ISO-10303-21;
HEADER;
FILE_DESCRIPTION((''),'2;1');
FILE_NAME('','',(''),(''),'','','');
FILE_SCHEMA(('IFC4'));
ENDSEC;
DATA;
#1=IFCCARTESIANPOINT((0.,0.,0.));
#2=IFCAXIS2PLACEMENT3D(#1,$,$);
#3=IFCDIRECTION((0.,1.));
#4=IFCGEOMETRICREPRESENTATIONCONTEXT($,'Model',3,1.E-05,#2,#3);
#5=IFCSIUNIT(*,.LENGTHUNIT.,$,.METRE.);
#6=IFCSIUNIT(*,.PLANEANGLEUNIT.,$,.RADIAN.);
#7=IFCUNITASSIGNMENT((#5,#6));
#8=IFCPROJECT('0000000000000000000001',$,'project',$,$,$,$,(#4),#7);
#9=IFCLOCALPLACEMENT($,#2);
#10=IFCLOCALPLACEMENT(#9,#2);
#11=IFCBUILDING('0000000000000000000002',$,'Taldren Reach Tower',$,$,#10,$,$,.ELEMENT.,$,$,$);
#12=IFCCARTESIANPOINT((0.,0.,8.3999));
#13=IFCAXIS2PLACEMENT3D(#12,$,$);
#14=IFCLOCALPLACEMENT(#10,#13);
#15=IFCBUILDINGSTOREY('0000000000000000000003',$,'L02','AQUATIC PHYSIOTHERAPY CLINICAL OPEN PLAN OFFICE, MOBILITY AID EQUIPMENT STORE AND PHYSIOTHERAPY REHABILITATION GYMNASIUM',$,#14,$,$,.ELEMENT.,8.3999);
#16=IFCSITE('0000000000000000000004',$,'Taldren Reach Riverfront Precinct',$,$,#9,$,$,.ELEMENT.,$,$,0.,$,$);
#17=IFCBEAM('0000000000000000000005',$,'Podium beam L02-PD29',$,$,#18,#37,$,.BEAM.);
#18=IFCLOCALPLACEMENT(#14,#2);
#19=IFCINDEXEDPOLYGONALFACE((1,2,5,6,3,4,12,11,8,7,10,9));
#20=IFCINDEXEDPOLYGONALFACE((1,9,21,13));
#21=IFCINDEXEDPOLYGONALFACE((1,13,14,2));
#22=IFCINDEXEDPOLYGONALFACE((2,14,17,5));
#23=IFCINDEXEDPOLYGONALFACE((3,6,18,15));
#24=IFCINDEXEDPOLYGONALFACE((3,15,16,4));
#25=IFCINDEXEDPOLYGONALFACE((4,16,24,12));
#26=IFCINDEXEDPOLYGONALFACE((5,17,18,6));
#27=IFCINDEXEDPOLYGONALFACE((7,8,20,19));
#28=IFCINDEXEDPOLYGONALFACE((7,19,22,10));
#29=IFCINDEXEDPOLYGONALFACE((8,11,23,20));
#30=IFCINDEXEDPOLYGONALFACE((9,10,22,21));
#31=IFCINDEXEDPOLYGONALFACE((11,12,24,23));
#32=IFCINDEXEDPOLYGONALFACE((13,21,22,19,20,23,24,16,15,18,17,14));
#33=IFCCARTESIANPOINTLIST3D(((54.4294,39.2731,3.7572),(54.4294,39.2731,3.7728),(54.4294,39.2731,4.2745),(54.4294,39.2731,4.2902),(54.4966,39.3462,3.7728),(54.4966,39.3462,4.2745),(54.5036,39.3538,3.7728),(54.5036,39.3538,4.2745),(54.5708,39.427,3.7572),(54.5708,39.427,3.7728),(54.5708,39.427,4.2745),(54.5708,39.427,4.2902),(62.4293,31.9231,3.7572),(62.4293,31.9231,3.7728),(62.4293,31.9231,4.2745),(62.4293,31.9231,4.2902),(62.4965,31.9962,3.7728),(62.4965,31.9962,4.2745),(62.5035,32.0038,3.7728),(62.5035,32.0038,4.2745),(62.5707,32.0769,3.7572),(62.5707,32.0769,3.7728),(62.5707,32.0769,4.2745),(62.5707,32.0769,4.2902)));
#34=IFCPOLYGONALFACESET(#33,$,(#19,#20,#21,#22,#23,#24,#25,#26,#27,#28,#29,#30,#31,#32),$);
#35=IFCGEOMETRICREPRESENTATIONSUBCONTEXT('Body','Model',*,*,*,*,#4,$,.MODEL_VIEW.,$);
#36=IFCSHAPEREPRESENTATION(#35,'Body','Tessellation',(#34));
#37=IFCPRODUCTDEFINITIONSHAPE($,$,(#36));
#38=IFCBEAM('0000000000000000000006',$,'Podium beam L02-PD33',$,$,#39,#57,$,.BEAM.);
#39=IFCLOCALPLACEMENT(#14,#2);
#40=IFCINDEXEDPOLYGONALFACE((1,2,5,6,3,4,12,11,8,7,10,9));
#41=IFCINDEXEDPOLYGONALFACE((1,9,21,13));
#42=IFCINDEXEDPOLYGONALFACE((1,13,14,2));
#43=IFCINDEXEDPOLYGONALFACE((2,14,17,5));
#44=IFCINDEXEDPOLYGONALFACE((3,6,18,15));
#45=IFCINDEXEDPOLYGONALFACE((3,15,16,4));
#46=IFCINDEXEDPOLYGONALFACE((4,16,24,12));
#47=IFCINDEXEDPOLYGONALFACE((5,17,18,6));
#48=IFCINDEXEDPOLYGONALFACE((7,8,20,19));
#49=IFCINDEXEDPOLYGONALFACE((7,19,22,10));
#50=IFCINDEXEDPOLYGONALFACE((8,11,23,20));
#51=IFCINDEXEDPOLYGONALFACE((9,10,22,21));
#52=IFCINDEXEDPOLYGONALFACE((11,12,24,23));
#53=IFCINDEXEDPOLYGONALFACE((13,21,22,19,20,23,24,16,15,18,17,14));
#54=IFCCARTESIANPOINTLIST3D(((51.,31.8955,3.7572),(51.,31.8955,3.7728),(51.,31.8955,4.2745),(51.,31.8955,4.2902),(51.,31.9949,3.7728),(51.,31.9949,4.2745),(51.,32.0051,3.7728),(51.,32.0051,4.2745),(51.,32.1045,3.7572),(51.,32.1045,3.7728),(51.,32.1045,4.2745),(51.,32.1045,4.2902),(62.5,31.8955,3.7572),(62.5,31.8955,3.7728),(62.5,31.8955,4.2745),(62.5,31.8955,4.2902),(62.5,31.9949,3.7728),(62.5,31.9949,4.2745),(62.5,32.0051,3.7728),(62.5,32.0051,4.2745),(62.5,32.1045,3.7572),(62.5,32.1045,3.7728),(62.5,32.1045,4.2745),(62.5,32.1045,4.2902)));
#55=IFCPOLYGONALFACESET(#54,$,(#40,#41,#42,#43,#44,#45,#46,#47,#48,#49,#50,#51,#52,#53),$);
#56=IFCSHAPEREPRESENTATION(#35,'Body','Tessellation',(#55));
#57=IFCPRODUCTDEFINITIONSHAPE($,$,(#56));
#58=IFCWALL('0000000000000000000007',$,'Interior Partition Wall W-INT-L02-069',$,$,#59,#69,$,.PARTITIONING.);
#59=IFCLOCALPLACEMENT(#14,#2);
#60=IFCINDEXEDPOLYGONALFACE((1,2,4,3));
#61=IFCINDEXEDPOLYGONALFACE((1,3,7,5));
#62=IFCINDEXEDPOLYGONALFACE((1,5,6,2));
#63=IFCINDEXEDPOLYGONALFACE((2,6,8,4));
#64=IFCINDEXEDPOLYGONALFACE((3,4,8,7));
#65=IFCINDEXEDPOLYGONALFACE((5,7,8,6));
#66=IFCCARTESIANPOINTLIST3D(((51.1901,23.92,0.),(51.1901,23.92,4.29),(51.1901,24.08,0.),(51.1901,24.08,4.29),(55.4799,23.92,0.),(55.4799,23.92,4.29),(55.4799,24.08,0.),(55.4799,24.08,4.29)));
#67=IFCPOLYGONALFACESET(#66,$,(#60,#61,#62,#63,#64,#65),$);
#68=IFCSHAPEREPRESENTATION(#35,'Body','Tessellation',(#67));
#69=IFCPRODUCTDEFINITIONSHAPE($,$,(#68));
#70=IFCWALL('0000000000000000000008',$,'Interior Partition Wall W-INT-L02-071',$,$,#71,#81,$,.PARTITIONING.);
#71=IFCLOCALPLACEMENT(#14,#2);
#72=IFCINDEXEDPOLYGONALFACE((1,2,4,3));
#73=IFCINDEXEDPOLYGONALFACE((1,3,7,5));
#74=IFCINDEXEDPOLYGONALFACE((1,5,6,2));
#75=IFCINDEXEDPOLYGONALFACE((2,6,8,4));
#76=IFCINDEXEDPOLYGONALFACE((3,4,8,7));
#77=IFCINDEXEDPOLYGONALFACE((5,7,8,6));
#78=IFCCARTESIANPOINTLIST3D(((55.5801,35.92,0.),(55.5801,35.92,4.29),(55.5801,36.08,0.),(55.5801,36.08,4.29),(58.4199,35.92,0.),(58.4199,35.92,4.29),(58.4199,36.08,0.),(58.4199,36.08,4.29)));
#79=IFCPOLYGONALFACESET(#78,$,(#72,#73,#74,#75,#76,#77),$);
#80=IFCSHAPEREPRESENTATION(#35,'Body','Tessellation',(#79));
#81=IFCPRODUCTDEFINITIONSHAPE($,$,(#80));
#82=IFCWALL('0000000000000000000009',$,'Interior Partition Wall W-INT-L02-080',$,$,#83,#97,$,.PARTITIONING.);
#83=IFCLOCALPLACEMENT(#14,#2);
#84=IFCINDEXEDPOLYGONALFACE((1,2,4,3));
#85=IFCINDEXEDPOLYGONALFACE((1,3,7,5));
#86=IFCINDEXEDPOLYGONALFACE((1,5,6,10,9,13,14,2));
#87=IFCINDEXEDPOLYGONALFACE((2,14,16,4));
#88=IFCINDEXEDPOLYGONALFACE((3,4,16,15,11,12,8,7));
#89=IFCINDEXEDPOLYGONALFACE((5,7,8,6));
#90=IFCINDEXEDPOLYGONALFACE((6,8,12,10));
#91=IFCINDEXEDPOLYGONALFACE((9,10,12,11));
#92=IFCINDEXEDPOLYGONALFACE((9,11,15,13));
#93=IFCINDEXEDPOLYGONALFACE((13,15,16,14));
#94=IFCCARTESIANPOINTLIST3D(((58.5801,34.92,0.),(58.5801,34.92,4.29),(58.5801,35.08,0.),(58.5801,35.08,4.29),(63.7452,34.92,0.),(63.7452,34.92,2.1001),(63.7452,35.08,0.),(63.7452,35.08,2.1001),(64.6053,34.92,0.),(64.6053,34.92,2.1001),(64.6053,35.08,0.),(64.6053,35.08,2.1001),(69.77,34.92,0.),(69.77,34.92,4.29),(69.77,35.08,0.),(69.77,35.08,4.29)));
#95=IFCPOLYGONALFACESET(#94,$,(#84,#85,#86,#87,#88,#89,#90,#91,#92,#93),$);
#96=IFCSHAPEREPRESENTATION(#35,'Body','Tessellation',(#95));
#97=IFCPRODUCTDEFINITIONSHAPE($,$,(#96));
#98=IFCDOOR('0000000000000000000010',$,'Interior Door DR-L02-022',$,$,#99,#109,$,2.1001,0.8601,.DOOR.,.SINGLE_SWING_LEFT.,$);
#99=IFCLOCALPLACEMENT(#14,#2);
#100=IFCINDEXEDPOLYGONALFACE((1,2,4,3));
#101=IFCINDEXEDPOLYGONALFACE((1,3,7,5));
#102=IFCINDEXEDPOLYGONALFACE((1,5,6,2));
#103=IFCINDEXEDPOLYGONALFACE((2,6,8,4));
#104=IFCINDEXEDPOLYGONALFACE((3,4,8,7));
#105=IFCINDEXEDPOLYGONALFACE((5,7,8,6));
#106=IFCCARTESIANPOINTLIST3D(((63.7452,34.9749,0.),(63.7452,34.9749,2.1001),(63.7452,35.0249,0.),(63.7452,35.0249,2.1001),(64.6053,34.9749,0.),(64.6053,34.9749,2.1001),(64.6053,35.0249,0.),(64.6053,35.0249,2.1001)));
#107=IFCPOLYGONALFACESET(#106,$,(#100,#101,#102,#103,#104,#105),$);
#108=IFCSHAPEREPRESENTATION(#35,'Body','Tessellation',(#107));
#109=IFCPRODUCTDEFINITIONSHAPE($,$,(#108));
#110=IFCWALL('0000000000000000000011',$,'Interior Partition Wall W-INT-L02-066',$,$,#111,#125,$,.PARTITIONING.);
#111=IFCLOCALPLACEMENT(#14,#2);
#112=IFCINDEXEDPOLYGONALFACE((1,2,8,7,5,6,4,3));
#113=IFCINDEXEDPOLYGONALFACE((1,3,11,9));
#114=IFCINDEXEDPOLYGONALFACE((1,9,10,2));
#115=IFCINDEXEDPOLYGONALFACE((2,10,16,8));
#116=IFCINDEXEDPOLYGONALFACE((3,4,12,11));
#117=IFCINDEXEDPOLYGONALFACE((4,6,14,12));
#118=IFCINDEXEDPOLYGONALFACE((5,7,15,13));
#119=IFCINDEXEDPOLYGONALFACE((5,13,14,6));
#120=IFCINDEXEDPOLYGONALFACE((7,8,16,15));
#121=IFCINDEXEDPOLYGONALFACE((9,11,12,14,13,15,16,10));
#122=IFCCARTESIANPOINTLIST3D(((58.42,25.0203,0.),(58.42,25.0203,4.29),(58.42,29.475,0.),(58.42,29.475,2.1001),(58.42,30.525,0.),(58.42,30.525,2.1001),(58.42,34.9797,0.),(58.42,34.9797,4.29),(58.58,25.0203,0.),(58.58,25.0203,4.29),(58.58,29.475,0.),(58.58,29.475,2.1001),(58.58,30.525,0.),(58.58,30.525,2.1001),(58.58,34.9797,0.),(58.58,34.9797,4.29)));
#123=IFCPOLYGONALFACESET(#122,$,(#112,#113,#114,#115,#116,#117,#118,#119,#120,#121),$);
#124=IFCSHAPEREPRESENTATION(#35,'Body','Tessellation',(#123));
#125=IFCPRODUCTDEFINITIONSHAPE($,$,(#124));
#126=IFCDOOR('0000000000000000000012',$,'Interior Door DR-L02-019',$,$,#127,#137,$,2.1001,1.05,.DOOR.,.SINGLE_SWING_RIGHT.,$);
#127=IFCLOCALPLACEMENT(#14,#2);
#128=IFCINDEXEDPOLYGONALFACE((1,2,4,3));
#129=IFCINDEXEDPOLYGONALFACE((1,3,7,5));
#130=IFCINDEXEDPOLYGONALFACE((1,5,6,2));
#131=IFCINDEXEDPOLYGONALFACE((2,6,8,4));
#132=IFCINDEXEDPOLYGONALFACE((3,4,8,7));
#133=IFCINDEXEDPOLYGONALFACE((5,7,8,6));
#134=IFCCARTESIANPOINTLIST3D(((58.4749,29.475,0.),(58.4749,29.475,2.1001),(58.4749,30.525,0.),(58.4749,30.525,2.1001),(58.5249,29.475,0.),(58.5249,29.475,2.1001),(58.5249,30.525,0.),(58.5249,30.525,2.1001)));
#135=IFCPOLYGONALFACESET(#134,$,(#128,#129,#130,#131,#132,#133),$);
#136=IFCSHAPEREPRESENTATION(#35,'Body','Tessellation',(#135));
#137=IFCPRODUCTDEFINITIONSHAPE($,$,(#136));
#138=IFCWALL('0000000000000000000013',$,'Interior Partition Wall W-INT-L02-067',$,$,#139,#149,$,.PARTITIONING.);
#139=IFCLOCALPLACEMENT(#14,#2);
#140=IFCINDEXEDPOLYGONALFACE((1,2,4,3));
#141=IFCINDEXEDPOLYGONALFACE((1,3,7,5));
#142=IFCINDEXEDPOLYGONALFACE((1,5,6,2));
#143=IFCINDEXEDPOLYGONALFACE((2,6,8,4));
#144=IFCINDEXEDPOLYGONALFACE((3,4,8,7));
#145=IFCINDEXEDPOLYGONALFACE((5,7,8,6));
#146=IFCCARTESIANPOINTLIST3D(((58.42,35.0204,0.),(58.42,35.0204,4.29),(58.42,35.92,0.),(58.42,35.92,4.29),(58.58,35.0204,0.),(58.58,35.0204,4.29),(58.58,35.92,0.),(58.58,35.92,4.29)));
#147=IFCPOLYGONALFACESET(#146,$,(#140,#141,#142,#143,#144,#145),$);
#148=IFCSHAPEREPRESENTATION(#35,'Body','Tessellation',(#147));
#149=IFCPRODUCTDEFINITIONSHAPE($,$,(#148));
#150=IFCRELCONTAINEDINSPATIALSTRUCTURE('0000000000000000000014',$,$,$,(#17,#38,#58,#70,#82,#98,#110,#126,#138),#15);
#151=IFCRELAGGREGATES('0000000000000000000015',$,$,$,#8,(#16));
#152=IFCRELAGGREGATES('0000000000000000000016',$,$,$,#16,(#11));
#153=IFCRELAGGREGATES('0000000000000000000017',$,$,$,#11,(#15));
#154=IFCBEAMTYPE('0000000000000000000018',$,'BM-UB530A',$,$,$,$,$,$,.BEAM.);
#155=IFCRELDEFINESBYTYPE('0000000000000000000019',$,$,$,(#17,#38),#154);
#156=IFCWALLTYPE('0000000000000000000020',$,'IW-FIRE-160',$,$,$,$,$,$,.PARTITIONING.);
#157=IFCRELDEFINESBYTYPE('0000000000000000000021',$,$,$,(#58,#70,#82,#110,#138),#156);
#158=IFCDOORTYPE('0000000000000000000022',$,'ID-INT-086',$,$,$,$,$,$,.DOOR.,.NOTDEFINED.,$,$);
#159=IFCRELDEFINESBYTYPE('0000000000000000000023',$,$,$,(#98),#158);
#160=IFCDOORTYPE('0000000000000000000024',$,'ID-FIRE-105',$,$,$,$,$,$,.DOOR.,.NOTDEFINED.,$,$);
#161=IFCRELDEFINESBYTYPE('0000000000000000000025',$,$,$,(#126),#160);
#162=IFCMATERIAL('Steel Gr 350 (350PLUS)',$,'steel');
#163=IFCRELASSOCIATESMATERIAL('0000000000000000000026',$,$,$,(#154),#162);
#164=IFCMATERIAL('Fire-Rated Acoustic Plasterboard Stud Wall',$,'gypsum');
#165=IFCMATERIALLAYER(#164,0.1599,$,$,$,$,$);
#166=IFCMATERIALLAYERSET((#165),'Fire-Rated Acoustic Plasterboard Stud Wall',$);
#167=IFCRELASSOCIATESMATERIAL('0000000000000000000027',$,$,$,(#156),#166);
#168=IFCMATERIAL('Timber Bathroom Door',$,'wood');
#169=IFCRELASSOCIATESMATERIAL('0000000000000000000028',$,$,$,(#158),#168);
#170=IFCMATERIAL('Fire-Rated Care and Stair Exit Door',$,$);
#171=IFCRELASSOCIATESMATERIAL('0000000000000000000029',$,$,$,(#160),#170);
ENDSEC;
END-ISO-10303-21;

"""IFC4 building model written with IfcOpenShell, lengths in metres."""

from ifc_helpers import new_model, si_unit, direction, frame, frame_2d, origin, origin_2d, place, context, subcontext, project, spatial, rectangle, i_section, extrude, source, transform, mapped, material, layer, layer_set, material_profile, profile_set, type_object, element, fill, save


model = new_model("IFC4")

# Units and contexts
model_context = context("Model", 3, precision=1e-05, world=origin(), true_north=direction((0.0, 1.0)))
body_context = subcontext(model_context, "Body", "Model", "MODEL_VIEW")
ifc_project = project(units=[si_unit("LENGTHUNIT", "METRE"), si_unit("PLANEANGLEUNIT", "RADIAN")], contexts=[model_context])

# Site, building, storey
site_placement = place(None, origin())
site = spatial("IfcSite", under=ifc_project, at=site_placement, Name="Taldren Reach Riverfront Precinct", CompositionType="ELEMENT", RefElevation=0.0)
building_placement = place(site_placement, origin())
building = spatial("IfcBuilding", under=site, at=building_placement, Name="Taldren Reach Tower", CompositionType="ELEMENT")
storey_placement = place(building_placement, frame((0.0, 0.0, 8.3999)))
storey = spatial("IfcBuildingStorey", under=building, at=storey_placement, Name="L02", Description="AQUATIC PHYSIOTHERAPY CLINICAL OPEN PLAN OFFICE, MOBILITY AID EQUIPMENT STORE AND PHYSIOTHERAPY REHABILITATION GYMNASIUM", CompositionType="ELEMENT", Elevation=8.3999)

# Shared definitions
ifc_material_1 = material(Name="Steel Gr 350 (350PLUS)", Category="steel")

# Beams
ifc_material_profile_1 = material_profile(ifc_material_1, i_section(OverallWidth=0.209, OverallDepth=0.533, WebThickness=0.0103, FlangeThickness=0.0156, at=origin_2d()), Name="530UB92.4")
ifc_profile_set_1 = profile_set([ifc_material_profile_1], Name="Steel Gr 350 (350PLUS)")
beam_type_1 = type_object("IfcBeamType", Name="BM-UB530A", PredefinedType="BEAM", material=ifc_profile_set_1)
shared_shape_1 = source(origin(), body_context, "Body", "SweptSolid", [
    extrude(i_section(OverallWidth=0.209, OverallDepth=0.533, WebThickness=0.0103, FlangeThickness=0.0156, at=origin_2d()), origin(), (0.0, 0.0, 1.0), 10.8638),
])
beam_1_placement = place(storey_placement, frame((62.5, 32.0, 4.0237), z_axis=(-0.736385, 0.676563, 0.0), x_axis=(-0.676563, -0.736385, 0.0)))
element("IfcBeam", 1, at=beam_1_placement, inside=storey, type_object=beam_type_1, Name="Podium beam L02-PD29", PredefinedType="BEAM", context=body_context, shape_type="MappedRepresentation", body=[
    mapped(shared_shape_1, transform((0.0, 0.0, 0.0), scale=1.0)),
])
shared_shape_2 = source(origin(), body_context, "Body", "SweptSolid", [
    extrude(i_section(OverallWidth=0.209, OverallDepth=0.533, WebThickness=0.0103, FlangeThickness=0.0156, at=origin_2d()), origin(), (0.0, 0.0, 1.0), 11.5),
])
beam_2_placement = place(storey_placement, frame((51.0, 32.0, 4.0237), z_axis=(1.0, 0.0, 0.0), x_axis=(0.0, 1.0, 0.0)))
element("IfcBeam", 2, at=beam_2_placement, inside=storey, type_object=beam_type_1, Name="Podium beam L02-PD33", PredefinedType="BEAM", context=body_context, shape_type="MappedRepresentation", body=[
    mapped(shared_shape_2, transform((0.0, 0.0, 0.0), scale=1.0)),
])

# Walls
ifc_material_2 = material(Name="Fire-Rated Acoustic Plasterboard Stud Wall", Category="gypsum")
ifc_layer = layer(ifc_material_2, 0.1599)
ifc_layer_set = layer_set([ifc_layer], Name="Fire-Rated Acoustic Plasterboard Stud Wall")
wall_type = type_object("IfcWallType", Name="IW-FIRE-160", PredefinedType="PARTITIONING", material=ifc_layer_set)
shared_shape_3 = source(origin(), body_context, "Body", "SweptSolid", [
    extrude(rectangle(XDim=4.2898, YDim=0.1599, at=frame_2d((2.145, 0.0))), origin(), (0.0, 0.0, 1.0), 4.29),
])
wall_1_placement = place(storey_placement, frame((51.1899, 24.0, 0.0), z_axis=(0.0, 0.0, 1.0), x_axis=(1.0, 0.0, 0.0)))
element("IfcWall", 3, at=wall_1_placement, inside=storey, type_object=wall_type, Name="Interior Partition Wall W-INT-L02-069", PredefinedType="PARTITIONING", context=body_context, shape_type="MappedRepresentation", body=[
    mapped(shared_shape_3, transform((0.0, 0.0, 0.0), scale=1.0)),
])
shared_shape_4 = source(origin(), body_context, "Body", "SweptSolid", [
    extrude(rectangle(XDim=2.8398, YDim=0.1599, at=frame_2d((1.4199, 0.0))), origin(), (0.0, 0.0, 1.0), 4.29),
])
wall_2_placement = place(storey_placement, frame((55.5801, 36.0, 0.0), z_axis=(0.0, 0.0, 1.0), x_axis=(1.0, 0.0, 0.0)))
element("IfcWall", 4, at=wall_2_placement, inside=storey, type_object=wall_type, Name="Interior Partition Wall W-INT-L02-071", PredefinedType="PARTITIONING", context=body_context, shape_type="MappedRepresentation", body=[
    mapped(shared_shape_4, transform((0.0, 0.0, 0.0), scale=1.0)),
])

# Walls, openings, doors
shared_shape_5 = source(origin(), body_context, "Body", "SweptSolid", [
    extrude(rectangle(XDim=11.1899, YDim=0.1599, at=frame_2d((5.595, 0.0))), origin(), (0.0, 0.0, 1.0), 4.29),
])
wall_3_placement = place(storey_placement, frame((58.5801, 35.0, 0.0), z_axis=(0.0, 0.0, 1.0), x_axis=(1.0, 0.0, 0.0)))
wall_3 = element("IfcWall", 5, at=wall_3_placement, inside=storey, type_object=wall_type, Name="Interior Partition Wall W-INT-L02-080", PredefinedType="PARTITIONING", context=body_context, shape_type="MappedRepresentation", body=[
    mapped(shared_shape_5, transform((0.0, 0.0, 0.0), scale=1.0)),
])
shared_shape_6 = source(origin(), body_context, "Body", "SweptSolid", [
    extrude(rectangle(XDim=0.8601, YDim=2.1001, at=frame_2d((0.4302, 1.05))), frame((0.0, 0.0898, 0.0), z_axis=(0.0, -1.0, 0.0), x_axis=(1.0, 0.0, 0.0)), (0.0, 0.0, 1.0), 0.1799),
])
opening_1_placement = place(wall_3_placement, frame((5.165, 0.0, 0.0)))
opening_1 = element("IfcOpeningElement", 6, at=opening_1_placement, cuts=wall_3, PredefinedType="OPENING", context=body_context, shape_type="MappedRepresentation", body=[
    mapped(shared_shape_6, transform((0.0, 0.0, 0.0), scale=1.0)),
])
ifc_material_3 = material(Name="Timber Bathroom Door", Category="wood")
door_type_1 = type_object("IfcDoorType", Name="ID-INT-086", OperationType="NOTDEFINED", PredefinedType="DOOR", material=ifc_material_3)
shared_shape_7 = source(origin(), body_context, "Body", "SweptSolid", [
    extrude(rectangle(XDim=0.8601, YDim=2.1001, at=frame_2d((0.4302, 1.05))), frame((0.0, 0.0249, 0.0), z_axis=(0.0, -1.0, 0.0), x_axis=(1.0, 0.0, 0.0)), (0.0, 0.0, 1.0), 0.05),
])
door_1_placement = place(opening_1_placement, origin())
door_1 = element("IfcDoor", 7, at=door_1_placement, inside=storey, type_object=door_type_1, Name="Interior Door DR-L02-022", OperationType="SINGLE_SWING_LEFT", OverallHeight=2.1001, OverallWidth=0.8601, PredefinedType="DOOR", context=body_context, shape_type="MappedRepresentation", body=[
    mapped(shared_shape_7, transform((0.0, 0.0, 0.0), scale=1.0)),
])
fill(opening_1, door_1)
shared_shape_8 = source(origin(), body_context, "Body", "SweptSolid", [
    extrude(rectangle(XDim=9.9595, YDim=0.1599, at=frame_2d((4.9797, 0.0))), origin(), (0.0, 0.0, 1.0), 4.29),
])
wall_4_placement = place(storey_placement, frame((58.5, 34.9797, 0.0), z_axis=(0.0, 0.0, 1.0), x_axis=(0.0, -1.0, 0.0)))
wall_4 = element("IfcWall", 8, at=wall_4_placement, inside=storey, type_object=wall_type, Name="Interior Partition Wall W-INT-L02-066", PredefinedType="PARTITIONING", context=body_context, shape_type="MappedRepresentation", body=[
    mapped(shared_shape_8, transform((0.0, 0.0, 0.0), scale=1.0)),
])
shared_shape_9 = source(origin(), body_context, "Body", "SweptSolid", [
    extrude(rectangle(XDim=1.05, YDim=2.1001, at=frame_2d((0.5249, 1.05))), frame((0.0, 0.0898, 0.0), z_axis=(0.0, -1.0, 0.0), x_axis=(1.0, 0.0, 0.0)), (0.0, 0.0, 1.0), 0.1799),
])
opening_2_placement = place(wall_4_placement, frame((4.4548, 0.0, 0.0)))
opening_2 = element("IfcOpeningElement", 9, at=opening_2_placement, cuts=wall_4, PredefinedType="OPENING", context=body_context, shape_type="MappedRepresentation", body=[
    mapped(shared_shape_9, transform((0.0, 0.0, 0.0), scale=1.0)),
])
ifc_material_4 = material(Name="Fire-Rated Care and Stair Exit Door")
door_type_2 = type_object("IfcDoorType", Name="ID-FIRE-105", OperationType="NOTDEFINED", PredefinedType="DOOR", material=ifc_material_4)
shared_shape_10 = source(origin(), body_context, "Body", "SweptSolid", [
    extrude(rectangle(XDim=1.05, YDim=2.1001, at=frame_2d((0.5249, 1.05))), frame((0.0, 0.0249, 0.0), z_axis=(0.0, -1.0, 0.0), x_axis=(1.0, 0.0, 0.0)), (0.0, 0.0, 1.0), 0.05),
])
door_2_placement = place(opening_2_placement, origin())
door_2 = element("IfcDoor", 10, at=door_2_placement, inside=storey, type_object=door_type_2, Name="Interior Door DR-L02-019", OperationType="SINGLE_SWING_RIGHT", OverallHeight=2.1001, OverallWidth=1.05, PredefinedType="DOOR", context=body_context, shape_type="MappedRepresentation", body=[
    mapped(shared_shape_10, transform((0.0, 0.0, 0.0), scale=1.0)),
])
fill(opening_2, door_2)

# Wall
shared_shape_11 = source(origin(), body_context, "Body", "SweptSolid", [
    extrude(rectangle(XDim=0.8997, YDim=0.1599, at=frame_2d((0.4497, 0.0))), origin(), (0.0, 0.0, 1.0), 4.29),
])
wall_5_placement = place(storey_placement, frame((58.5, 35.9199, 0.0), z_axis=(0.0, 0.0, 1.0), x_axis=(0.0, -1.0, 0.0)))
element("IfcWall", 11, at=wall_5_placement, inside=storey, type_object=wall_type, Name="Interior Partition Wall W-INT-L02-067", PredefinedType="PARTITIONING", context=body_context, shape_type="MappedRepresentation", body=[
    mapped(shared_shape_11, transform((0.0, 0.0, 0.0), scale=1.0)),
])

save(model, "model.ifc")
